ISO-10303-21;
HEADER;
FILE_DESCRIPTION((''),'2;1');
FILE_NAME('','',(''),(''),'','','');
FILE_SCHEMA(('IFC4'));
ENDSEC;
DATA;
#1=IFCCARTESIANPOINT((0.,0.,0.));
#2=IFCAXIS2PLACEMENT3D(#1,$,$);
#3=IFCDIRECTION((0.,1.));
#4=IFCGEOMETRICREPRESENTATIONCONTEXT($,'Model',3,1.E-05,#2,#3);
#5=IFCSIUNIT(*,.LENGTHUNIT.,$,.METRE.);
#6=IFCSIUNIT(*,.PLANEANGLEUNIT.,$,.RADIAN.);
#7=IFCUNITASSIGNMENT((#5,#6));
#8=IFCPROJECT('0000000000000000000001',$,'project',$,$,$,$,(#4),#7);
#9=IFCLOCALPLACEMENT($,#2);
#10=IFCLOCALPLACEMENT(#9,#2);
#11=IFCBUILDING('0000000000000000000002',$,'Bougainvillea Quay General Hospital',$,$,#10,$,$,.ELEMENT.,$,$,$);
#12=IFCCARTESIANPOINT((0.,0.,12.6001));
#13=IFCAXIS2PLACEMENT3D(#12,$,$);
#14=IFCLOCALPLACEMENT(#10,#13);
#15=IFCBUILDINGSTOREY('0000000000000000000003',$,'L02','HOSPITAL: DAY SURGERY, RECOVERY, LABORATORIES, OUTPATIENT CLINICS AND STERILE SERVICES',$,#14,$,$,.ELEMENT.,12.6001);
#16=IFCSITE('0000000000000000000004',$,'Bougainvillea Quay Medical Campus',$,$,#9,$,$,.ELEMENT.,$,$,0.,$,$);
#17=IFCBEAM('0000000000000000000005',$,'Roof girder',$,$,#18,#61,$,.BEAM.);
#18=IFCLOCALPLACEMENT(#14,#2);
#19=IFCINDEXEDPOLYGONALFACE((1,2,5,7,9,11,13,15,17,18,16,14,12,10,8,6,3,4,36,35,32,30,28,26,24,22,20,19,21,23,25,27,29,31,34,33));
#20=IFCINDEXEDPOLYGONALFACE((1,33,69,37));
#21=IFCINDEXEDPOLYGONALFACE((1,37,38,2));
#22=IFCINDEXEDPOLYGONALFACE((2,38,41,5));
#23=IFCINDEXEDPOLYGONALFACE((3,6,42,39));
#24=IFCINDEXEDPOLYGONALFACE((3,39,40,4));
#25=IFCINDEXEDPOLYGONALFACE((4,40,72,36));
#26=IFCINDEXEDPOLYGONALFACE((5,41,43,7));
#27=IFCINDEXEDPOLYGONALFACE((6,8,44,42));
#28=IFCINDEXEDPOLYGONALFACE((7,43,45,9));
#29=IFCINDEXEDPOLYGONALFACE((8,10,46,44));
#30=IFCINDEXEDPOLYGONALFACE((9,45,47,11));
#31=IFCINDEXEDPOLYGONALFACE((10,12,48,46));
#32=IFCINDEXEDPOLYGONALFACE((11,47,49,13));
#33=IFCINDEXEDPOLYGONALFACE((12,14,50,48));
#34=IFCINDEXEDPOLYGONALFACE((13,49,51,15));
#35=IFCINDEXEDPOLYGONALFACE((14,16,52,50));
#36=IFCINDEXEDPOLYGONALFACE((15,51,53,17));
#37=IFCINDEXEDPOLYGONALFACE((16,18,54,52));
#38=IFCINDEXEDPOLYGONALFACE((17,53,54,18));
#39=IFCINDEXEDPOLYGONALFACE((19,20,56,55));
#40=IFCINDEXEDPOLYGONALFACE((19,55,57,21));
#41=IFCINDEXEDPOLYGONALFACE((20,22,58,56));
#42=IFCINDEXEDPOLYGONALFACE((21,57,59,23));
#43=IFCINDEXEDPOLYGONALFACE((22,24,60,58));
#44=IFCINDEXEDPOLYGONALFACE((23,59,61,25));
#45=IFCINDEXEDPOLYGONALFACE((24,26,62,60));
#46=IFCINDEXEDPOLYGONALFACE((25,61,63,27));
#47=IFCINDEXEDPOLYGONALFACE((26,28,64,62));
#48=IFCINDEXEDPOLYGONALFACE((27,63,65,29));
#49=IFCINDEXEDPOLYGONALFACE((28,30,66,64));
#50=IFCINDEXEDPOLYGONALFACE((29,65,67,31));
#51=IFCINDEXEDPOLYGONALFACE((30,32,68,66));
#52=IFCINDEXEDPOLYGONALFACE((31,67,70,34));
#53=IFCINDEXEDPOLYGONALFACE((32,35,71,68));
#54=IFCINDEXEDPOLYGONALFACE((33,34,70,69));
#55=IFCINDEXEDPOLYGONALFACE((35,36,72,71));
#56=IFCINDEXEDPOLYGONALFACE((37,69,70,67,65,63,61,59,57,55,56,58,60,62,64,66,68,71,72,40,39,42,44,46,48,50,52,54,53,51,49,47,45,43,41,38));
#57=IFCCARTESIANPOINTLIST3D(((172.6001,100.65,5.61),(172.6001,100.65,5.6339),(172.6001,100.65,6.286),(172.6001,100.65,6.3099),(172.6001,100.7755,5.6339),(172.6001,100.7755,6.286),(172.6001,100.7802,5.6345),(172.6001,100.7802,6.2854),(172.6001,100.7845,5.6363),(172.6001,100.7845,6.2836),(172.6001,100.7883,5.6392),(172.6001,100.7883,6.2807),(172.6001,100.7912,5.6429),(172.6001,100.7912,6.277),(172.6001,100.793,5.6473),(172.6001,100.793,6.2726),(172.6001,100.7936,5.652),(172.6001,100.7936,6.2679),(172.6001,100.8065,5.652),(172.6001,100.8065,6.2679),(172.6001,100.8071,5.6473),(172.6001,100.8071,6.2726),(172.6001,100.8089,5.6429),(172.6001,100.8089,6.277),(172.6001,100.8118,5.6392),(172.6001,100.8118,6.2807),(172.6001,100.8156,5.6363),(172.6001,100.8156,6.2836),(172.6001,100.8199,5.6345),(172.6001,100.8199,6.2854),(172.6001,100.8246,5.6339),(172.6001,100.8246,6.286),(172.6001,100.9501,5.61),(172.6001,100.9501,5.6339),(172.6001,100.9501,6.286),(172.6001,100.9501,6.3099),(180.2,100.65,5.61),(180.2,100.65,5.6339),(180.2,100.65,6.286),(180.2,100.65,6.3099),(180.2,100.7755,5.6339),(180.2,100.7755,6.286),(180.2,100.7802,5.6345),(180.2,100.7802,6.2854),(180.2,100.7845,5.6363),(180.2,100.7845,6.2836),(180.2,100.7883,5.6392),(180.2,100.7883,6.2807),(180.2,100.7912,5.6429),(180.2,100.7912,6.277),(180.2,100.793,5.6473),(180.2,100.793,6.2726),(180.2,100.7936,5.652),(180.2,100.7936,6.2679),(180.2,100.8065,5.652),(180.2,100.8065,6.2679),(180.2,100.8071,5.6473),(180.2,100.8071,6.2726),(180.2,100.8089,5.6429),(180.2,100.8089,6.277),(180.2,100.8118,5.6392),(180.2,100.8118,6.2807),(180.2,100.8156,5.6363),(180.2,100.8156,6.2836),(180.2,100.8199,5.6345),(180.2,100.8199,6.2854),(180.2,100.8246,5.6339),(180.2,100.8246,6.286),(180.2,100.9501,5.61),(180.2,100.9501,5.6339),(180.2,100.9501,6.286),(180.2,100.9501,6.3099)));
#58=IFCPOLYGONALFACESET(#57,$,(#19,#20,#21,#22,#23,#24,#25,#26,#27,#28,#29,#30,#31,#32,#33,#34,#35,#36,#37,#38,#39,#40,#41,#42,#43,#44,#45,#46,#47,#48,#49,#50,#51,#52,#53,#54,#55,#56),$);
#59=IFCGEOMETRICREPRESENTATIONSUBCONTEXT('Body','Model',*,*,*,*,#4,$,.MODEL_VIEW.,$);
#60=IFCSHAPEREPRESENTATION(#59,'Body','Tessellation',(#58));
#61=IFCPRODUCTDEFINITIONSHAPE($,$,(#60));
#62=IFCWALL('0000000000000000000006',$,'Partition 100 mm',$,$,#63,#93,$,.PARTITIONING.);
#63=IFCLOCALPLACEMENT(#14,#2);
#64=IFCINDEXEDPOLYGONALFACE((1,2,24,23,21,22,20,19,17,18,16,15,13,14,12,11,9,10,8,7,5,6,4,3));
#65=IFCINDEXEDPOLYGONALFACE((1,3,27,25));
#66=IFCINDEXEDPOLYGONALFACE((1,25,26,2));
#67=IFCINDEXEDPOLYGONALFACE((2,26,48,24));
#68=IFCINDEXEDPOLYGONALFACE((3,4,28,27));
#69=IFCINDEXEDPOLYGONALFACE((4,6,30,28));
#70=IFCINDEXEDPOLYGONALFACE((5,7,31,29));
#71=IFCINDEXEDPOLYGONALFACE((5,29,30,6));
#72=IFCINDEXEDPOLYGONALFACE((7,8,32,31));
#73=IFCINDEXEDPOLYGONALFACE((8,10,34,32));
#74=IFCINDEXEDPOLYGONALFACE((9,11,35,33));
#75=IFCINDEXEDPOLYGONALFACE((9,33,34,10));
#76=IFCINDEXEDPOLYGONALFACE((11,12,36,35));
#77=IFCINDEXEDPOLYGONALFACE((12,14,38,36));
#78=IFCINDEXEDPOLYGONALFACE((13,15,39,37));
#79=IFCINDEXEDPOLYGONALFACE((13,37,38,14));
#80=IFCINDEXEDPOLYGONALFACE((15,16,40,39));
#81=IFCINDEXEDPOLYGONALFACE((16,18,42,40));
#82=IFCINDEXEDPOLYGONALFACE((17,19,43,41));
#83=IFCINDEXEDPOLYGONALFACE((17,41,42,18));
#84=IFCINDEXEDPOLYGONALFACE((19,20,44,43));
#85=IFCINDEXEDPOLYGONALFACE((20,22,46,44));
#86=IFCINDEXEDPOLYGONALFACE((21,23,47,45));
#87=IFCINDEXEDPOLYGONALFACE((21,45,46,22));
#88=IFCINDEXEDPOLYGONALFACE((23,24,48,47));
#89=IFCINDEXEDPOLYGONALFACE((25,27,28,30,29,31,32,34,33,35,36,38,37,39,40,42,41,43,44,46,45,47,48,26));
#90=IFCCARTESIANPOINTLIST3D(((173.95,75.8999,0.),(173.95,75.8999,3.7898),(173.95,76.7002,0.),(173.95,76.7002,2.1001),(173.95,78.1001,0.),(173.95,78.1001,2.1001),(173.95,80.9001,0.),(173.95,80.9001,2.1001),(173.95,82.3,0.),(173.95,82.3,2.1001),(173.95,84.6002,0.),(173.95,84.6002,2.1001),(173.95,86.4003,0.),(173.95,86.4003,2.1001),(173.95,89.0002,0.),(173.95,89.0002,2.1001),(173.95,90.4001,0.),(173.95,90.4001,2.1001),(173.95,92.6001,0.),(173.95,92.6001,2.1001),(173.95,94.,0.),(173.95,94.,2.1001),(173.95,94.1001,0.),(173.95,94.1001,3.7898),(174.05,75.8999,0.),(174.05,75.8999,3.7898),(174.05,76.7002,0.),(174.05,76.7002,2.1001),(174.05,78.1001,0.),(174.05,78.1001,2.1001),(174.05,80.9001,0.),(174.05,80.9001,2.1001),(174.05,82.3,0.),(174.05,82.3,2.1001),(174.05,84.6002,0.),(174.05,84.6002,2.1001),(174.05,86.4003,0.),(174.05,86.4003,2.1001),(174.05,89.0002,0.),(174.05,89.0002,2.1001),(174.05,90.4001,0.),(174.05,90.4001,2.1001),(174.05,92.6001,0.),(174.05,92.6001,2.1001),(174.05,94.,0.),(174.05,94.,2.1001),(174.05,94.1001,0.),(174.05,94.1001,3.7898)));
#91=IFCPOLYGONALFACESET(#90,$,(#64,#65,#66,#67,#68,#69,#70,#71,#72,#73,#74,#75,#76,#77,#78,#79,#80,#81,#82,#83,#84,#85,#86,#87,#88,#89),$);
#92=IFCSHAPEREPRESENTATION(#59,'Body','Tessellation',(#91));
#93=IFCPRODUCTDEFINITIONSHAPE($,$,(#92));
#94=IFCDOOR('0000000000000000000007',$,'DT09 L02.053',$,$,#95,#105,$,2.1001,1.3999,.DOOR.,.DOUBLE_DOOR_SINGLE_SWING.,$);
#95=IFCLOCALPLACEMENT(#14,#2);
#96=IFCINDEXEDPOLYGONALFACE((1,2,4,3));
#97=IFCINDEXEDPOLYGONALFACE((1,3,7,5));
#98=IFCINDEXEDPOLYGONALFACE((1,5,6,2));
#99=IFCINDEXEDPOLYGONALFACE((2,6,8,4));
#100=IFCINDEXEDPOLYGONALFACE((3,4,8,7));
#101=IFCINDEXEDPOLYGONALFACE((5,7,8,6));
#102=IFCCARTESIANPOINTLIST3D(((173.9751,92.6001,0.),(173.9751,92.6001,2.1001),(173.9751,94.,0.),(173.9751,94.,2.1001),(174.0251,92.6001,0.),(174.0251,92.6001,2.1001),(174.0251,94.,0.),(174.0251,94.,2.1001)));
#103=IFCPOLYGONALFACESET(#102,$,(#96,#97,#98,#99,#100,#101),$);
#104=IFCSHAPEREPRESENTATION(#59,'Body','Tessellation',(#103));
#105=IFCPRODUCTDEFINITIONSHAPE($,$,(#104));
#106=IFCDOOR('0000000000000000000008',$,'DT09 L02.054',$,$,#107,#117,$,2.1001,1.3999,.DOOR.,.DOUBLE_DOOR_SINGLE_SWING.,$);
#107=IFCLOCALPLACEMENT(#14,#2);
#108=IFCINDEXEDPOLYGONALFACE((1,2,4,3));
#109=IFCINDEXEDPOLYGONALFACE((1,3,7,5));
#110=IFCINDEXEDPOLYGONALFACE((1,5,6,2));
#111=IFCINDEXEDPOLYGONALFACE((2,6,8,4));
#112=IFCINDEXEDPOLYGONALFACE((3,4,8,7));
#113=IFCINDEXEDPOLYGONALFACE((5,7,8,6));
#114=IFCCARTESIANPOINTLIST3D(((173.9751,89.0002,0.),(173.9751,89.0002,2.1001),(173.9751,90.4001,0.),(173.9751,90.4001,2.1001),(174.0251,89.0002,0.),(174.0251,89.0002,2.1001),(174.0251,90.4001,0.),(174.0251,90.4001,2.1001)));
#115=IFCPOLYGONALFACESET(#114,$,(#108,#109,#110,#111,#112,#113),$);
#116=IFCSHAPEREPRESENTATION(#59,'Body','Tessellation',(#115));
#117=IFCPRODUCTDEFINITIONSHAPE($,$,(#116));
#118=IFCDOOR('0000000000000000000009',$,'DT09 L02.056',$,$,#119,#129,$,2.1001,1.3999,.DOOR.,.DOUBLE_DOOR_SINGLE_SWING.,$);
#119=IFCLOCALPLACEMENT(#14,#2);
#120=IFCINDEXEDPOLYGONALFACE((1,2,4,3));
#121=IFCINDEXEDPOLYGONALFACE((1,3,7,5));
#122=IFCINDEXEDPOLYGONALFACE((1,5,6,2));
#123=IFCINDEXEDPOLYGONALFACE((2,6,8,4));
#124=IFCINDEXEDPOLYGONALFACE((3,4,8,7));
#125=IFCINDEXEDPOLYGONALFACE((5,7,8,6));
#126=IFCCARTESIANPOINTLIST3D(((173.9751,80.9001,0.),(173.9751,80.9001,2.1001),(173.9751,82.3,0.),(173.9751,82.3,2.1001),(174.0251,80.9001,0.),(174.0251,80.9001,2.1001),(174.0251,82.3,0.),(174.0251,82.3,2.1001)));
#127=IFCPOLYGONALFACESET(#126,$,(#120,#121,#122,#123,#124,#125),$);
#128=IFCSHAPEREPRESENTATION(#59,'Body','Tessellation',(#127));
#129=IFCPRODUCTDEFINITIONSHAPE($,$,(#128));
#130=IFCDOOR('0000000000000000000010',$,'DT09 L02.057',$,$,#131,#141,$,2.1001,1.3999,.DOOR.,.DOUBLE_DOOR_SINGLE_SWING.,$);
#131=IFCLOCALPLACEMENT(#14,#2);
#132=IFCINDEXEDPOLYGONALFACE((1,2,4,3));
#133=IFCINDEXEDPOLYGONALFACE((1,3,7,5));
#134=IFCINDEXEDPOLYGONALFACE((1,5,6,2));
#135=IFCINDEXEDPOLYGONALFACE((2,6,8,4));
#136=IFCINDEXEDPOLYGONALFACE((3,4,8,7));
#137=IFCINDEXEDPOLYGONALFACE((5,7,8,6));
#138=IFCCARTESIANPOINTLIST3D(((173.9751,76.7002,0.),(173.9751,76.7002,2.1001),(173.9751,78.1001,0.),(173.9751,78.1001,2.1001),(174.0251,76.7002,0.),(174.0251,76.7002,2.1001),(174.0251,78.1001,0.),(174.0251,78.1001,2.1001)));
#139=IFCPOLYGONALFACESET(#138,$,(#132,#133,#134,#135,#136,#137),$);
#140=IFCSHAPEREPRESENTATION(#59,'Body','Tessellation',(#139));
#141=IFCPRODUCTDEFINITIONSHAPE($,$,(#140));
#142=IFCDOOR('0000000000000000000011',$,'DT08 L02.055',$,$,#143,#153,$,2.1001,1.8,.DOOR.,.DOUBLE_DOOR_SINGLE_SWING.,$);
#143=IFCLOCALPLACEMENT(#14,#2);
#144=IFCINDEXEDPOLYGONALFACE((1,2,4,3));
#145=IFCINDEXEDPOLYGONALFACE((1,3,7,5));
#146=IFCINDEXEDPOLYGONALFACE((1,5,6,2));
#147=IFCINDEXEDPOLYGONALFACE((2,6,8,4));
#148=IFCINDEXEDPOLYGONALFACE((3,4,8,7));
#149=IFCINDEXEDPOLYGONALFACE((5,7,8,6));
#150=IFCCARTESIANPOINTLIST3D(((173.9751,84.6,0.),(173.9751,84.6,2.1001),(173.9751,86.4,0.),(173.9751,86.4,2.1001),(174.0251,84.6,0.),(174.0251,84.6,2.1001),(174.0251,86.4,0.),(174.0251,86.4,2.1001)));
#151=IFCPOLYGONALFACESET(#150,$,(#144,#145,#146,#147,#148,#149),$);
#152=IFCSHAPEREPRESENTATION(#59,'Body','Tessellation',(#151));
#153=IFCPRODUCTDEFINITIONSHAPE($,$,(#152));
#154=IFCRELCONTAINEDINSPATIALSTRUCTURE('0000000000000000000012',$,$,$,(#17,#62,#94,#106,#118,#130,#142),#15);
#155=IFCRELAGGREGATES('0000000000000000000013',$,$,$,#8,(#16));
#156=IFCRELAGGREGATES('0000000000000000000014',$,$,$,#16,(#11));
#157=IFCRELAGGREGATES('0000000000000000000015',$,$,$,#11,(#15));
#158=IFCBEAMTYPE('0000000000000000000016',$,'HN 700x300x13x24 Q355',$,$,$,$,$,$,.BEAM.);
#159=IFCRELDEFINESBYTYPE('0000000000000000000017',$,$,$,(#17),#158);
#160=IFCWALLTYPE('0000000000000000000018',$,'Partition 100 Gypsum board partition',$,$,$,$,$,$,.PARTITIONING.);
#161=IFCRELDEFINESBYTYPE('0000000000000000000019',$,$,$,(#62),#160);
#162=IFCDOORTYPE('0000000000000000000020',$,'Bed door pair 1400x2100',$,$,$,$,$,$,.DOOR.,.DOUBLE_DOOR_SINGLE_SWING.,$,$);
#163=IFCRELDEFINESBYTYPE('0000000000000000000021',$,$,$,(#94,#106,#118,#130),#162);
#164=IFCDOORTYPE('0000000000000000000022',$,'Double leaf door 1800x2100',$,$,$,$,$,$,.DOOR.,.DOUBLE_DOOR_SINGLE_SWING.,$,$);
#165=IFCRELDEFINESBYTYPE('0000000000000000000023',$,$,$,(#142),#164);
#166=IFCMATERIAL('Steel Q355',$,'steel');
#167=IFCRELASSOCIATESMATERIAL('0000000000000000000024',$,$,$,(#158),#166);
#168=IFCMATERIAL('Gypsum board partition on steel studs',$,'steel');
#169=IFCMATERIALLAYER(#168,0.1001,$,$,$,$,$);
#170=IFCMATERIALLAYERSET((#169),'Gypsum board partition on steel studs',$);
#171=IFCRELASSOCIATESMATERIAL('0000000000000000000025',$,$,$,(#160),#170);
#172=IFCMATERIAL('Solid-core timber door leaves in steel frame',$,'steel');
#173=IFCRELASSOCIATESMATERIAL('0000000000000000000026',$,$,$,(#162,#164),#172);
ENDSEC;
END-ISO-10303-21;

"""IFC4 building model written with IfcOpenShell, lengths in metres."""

from ifc_helpers import new_model, si_unit, direction, frame, frame_2d, origin, origin_2d, place, context, subcontext, project, spatial, rectangle, i_section, extrude, material, layer, layer_set, material_profile, profile_set, type_object, element, fill, save


model = new_model("IFC4")

# Units and contexts
model_context = context("Model", 3, precision=1e-05, world=origin(), true_north=direction((0.0, 1.0)))
body_context = subcontext(model_context, "Body", "Model", "MODEL_VIEW")
ifc_project = project(units=[si_unit("LENGTHUNIT", "METRE"), si_unit("PLANEANGLEUNIT", "RADIAN")], contexts=[model_context])

# Site, building, storey
site_placement = place(None, origin())
site = spatial("IfcSite", under=ifc_project, at=site_placement, Name="Bougainvillea Quay Medical Campus", CompositionType="ELEMENT", RefElevation=0.0)
building_placement = place(site_placement, origin())
building = spatial("IfcBuilding", under=site, at=building_placement, Name="Bougainvillea Quay General Hospital", CompositionType="ELEMENT")
storey_placement = place(building_placement, frame((0.0, 0.0, 12.6001)))
storey = spatial("IfcBuildingStorey", under=building, at=storey_placement, Name="L02", Description="HOSPITAL: DAY SURGERY, RECOVERY, LABORATORIES, OUTPATIENT CLINICS AND STERILE SERVICES", CompositionType="ELEMENT", Elevation=12.6001)

# Beam
ifc_material_1 = material(Name="Steel Q355", Category="steel")
ifc_material_profile = material_profile(ifc_material_1, i_section(OverallWidth=0.3, OverallDepth=0.7, WebThickness=0.0129, FlangeThickness=0.0239, FilletRadius=0.0181, at=origin_2d()))
ifc_profile_set = profile_set([ifc_material_profile], Name="Steel Q355")
beam_type = type_object("IfcBeamType", Name="HN 700x300x13x24 Q355", PredefinedType="BEAM", material=ifc_profile_set)
beam_placement = place(storey_placement, frame((172.6001, 100.8, 5.96), z_axis=(1.0, 0.0, 0.0), x_axis=(0.0, 1.0, 0.0)))
element("IfcBeam", 1, at=beam_placement, inside=storey, type_object=beam_type, Name="Roof girder", PredefinedType="BEAM", context=body_context, shape_type="SweptSolid", body=[
    extrude(i_section(OverallWidth=0.3, OverallDepth=0.7, WebThickness=0.0129, FlangeThickness=0.0239, FilletRadius=0.0181, at=origin_2d()), origin(), (0.0, 0.0, 1.0), 7.5999),
])

# Wall, openings, doors
ifc_material_2 = material(Name="Gypsum board partition on steel studs", Category="steel")
ifc_layer_1 = layer(ifc_material_2, 0.1001)
ifc_layer_set_1 = layer_set([ifc_layer_1], Name="Gypsum board partition on steel studs")
wall_type_1 = type_object("IfcWallType", Name="Partition 100 Gypsum board partition", PredefinedType="PARTITIONING", material=ifc_layer_set_1)
wall_1_placement = place(storey_placement, frame((174.0, 94.1001, 0.0), z_axis=(0.0, 0.0, 1.0), x_axis=(0.0, -1.0, 0.0)))
wall_1 = element("IfcWall", 2, at=wall_1_placement, inside=storey, type_object=wall_type_1, Name="Partition 100 mm", PredefinedType="PARTITIONING", context=body_context, shape_type="SweptSolid", body=[
    extrude(rectangle(XDim=18.2002, YDim=0.1001, at=frame_2d((9.1001, 0.0))), origin(), (0.0, 0.0, 1.0), 3.7898),
])
opening_1_placement = place(wall_1_placement, frame((0.1001, 0.0, 0.0)))
opening_1 = element("IfcOpeningElement", 3, at=opening_1_placement, cuts=wall_1, PredefinedType="OPENING", context=body_context, shape_type="SweptSolid", body=[
    extrude(rectangle(XDim=1.3999, YDim=2.1001, at=frame_2d((0.7, 1.05))), frame((0.0, 0.0601, 0.0), z_axis=(0.0, -1.0, 0.0), x_axis=(1.0, 0.0, 0.0)), (0.0, 0.0, 1.0), 0.1201),
])
opening_2_placement = place(wall_1_placement, frame((3.7, 0.0, 0.0)))
opening_2 = element("IfcOpeningElement", 4, at=opening_2_placement, cuts=wall_1, PredefinedType="OPENING", context=body_context, shape_type="SweptSolid", body=[
    extrude(rectangle(XDim=1.3999, YDim=2.1001, at=frame_2d((0.7, 1.05))), frame((0.0, 0.0601, 0.0), z_axis=(0.0, -1.0, 0.0), x_axis=(1.0, 0.0, 0.0)), (0.0, 0.0, 1.0), 0.1201),
])
opening_3_placement = place(wall_1_placement, frame((7.7, 0.0, 0.0)))
opening_3 = element("IfcOpeningElement", 5, at=opening_3_placement, cuts=wall_1, PredefinedType="OPENING", context=body_context, shape_type="SweptSolid", body=[
    extrude(rectangle(XDim=1.8, YDim=2.1001, at=frame_2d((0.8999, 1.05))), frame((0.0, 0.0601, 0.0), z_axis=(0.0, -1.0, 0.0), x_axis=(1.0, 0.0, 0.0)), (0.0, 0.0, 1.0), 0.1201),
])
opening_4_placement = place(wall_1_placement, frame((11.8, 0.0, 0.0)))
opening_4 = element("IfcOpeningElement", 6, at=opening_4_placement, cuts=wall_1, PredefinedType="OPENING", context=body_context, shape_type="SweptSolid", body=[
    extrude(rectangle(XDim=1.3999, YDim=2.1001, at=frame_2d((0.7, 1.05))), frame((0.0, 0.0601, 0.0), z_axis=(0.0, -1.0, 0.0), x_axis=(1.0, 0.0, 0.0)), (0.0, 0.0, 1.0), 0.1201),
])
opening_5_placement = place(wall_1_placement, frame((16.0, 0.0, 0.0)))
opening_5 = element("IfcOpeningElement", 7, at=opening_5_placement, cuts=wall_1, PredefinedType="OPENING", context=body_context, shape_type="SweptSolid", body=[
    extrude(rectangle(XDim=1.3999, YDim=2.1001, at=frame_2d((0.7, 1.05))), frame((0.0, 0.0601, 0.0), z_axis=(0.0, -1.0, 0.0), x_axis=(1.0, 0.0, 0.0)), (0.0, 0.0, 1.0), 0.1201),
])
ifc_material_3 = material(Name="Solid-core timber door leaves in steel frame", Category="steel")
door_type_1 = type_object("IfcDoorType", Name="Bed door pair 1400x2100", OperationType="DOUBLE_DOOR_SINGLE_SWING", PredefinedType="DOOR", material=ifc_material_3)
door_1_placement = place(opening_1_placement, frame((1.3999, 0.0, 0.0), z_axis=(0.0, 0.0, 1.0), x_axis=(-1.0, 0.0, 0.0)))
door_1 = element("IfcDoor", 8, at=door_1_placement, inside=storey, type_object=door_type_1, Name="DT09 L02.053", OperationType="DOUBLE_DOOR_SINGLE_SWING", OverallHeight=2.1001, OverallWidth=1.3999, PredefinedType="DOOR", context=body_context, shape_type="SweptSolid", body=[
    extrude(rectangle(XDim=1.3999, YDim=2.1001, at=frame_2d((0.7, 1.05))), frame((0.0, 0.0249, 0.0), z_axis=(0.0, -1.0, 0.0), x_axis=(1.0, 0.0, 0.0)), (0.0, 0.0, 1.0), 0.05),
])
fill(opening_1, door_1)
door_2_placement = place(opening_2_placement, frame((1.3999, 0.0, 0.0), z_axis=(0.0, 0.0, 1.0), x_axis=(-1.0, 0.0, 0.0)))
door_2 = element("IfcDoor", 9, at=door_2_placement, inside=storey, type_object=door_type_1, Name="DT09 L02.054", OperationType="DOUBLE_DOOR_SINGLE_SWING", OverallHeight=2.1001, OverallWidth=1.3999, PredefinedType="DOOR", context=body_context, shape_type="SweptSolid", body=[
    extrude(rectangle(XDim=1.3999, YDim=2.1001, at=frame_2d((0.7, 1.05))), frame((0.0, 0.0249, 0.0), z_axis=(0.0, -1.0, 0.0), x_axis=(1.0, 0.0, 0.0)), (0.0, 0.0, 1.0), 0.05),
])
fill(opening_2, door_2)
door_3_placement = place(opening_4_placement, frame((1.3999, 0.0, 0.0), z_axis=(0.0, 0.0, 1.0), x_axis=(-1.0, 0.0, 0.0)))
door_3 = element("IfcDoor", 10, at=door_3_placement, inside=storey, type_object=door_type_1, Name="DT09 L02.056", OperationType="DOUBLE_DOOR_SINGLE_SWING", OverallHeight=2.1001, OverallWidth=1.3999, PredefinedType="DOOR", context=body_context, shape_type="SweptSolid", body=[
    extrude(rectangle(XDim=1.3999, YDim=2.1001, at=frame_2d((0.7, 1.05))), frame((0.0, 0.0249, 0.0), z_axis=(0.0, -1.0, 0.0), x_axis=(1.0, 0.0, 0.0)), (0.0, 0.0, 1.0), 0.05),
])
fill(opening_4, door_3)
door_4_placement = place(opening_5_placement, frame((1.3999, 0.0, 0.0), z_axis=(0.0, 0.0, 1.0), x_axis=(-1.0, 0.0, 0.0)))
door_4 = element("IfcDoor", 11, at=door_4_placement, inside=storey, type_object=door_type_1, Name="DT09 L02.057", OperationType="DOUBLE_DOOR_SINGLE_SWING", OverallHeight=2.1001, OverallWidth=1.3999, PredefinedType="DOOR", context=body_context, shape_type="SweptSolid", body=[
    extrude(rectangle(XDim=1.3999, YDim=2.1001, at=frame_2d((0.7, 1.05))), frame((0.0, 0.0249, 0.0), z_axis=(0.0, -1.0, 0.0), x_axis=(1.0, 0.0, 0.0)), (0.0, 0.0, 1.0), 0.05),
])
fill(opening_5, door_4)
door_type_2 = type_object("IfcDoorType", Name="Double leaf door 1800x2100", OperationType="DOUBLE_DOOR_SINGLE_SWING", PredefinedType="DOOR", material=ifc_material_3)
door_5_placement = place(opening_3_placement, frame((1.8, 0.0, 0.0), z_axis=(0.0, 0.0, 1.0), x_axis=(-1.0, 0.0, 0.0)))
door_5 = element("IfcDoor", 12, at=door_5_placement, inside=storey, type_object=door_type_2, Name="DT08 L02.055", OperationType="DOUBLE_DOOR_SINGLE_SWING", OverallHeight=2.1001, OverallWidth=1.8, PredefinedType="DOOR", context=body_context, shape_type="SweptSolid", body=[
    extrude(rectangle(XDim=1.8, YDim=2.1001, at=frame_2d((0.8999, 1.05))), frame((0.0, 0.0249, 0.0), z_axis=(0.0, -1.0, 0.0), x_axis=(1.0, 0.0, 0.0)), (0.0, 0.0, 1.0), 0.05),
])
fill(opening_3, door_5)

save(model, "model.ifc")
